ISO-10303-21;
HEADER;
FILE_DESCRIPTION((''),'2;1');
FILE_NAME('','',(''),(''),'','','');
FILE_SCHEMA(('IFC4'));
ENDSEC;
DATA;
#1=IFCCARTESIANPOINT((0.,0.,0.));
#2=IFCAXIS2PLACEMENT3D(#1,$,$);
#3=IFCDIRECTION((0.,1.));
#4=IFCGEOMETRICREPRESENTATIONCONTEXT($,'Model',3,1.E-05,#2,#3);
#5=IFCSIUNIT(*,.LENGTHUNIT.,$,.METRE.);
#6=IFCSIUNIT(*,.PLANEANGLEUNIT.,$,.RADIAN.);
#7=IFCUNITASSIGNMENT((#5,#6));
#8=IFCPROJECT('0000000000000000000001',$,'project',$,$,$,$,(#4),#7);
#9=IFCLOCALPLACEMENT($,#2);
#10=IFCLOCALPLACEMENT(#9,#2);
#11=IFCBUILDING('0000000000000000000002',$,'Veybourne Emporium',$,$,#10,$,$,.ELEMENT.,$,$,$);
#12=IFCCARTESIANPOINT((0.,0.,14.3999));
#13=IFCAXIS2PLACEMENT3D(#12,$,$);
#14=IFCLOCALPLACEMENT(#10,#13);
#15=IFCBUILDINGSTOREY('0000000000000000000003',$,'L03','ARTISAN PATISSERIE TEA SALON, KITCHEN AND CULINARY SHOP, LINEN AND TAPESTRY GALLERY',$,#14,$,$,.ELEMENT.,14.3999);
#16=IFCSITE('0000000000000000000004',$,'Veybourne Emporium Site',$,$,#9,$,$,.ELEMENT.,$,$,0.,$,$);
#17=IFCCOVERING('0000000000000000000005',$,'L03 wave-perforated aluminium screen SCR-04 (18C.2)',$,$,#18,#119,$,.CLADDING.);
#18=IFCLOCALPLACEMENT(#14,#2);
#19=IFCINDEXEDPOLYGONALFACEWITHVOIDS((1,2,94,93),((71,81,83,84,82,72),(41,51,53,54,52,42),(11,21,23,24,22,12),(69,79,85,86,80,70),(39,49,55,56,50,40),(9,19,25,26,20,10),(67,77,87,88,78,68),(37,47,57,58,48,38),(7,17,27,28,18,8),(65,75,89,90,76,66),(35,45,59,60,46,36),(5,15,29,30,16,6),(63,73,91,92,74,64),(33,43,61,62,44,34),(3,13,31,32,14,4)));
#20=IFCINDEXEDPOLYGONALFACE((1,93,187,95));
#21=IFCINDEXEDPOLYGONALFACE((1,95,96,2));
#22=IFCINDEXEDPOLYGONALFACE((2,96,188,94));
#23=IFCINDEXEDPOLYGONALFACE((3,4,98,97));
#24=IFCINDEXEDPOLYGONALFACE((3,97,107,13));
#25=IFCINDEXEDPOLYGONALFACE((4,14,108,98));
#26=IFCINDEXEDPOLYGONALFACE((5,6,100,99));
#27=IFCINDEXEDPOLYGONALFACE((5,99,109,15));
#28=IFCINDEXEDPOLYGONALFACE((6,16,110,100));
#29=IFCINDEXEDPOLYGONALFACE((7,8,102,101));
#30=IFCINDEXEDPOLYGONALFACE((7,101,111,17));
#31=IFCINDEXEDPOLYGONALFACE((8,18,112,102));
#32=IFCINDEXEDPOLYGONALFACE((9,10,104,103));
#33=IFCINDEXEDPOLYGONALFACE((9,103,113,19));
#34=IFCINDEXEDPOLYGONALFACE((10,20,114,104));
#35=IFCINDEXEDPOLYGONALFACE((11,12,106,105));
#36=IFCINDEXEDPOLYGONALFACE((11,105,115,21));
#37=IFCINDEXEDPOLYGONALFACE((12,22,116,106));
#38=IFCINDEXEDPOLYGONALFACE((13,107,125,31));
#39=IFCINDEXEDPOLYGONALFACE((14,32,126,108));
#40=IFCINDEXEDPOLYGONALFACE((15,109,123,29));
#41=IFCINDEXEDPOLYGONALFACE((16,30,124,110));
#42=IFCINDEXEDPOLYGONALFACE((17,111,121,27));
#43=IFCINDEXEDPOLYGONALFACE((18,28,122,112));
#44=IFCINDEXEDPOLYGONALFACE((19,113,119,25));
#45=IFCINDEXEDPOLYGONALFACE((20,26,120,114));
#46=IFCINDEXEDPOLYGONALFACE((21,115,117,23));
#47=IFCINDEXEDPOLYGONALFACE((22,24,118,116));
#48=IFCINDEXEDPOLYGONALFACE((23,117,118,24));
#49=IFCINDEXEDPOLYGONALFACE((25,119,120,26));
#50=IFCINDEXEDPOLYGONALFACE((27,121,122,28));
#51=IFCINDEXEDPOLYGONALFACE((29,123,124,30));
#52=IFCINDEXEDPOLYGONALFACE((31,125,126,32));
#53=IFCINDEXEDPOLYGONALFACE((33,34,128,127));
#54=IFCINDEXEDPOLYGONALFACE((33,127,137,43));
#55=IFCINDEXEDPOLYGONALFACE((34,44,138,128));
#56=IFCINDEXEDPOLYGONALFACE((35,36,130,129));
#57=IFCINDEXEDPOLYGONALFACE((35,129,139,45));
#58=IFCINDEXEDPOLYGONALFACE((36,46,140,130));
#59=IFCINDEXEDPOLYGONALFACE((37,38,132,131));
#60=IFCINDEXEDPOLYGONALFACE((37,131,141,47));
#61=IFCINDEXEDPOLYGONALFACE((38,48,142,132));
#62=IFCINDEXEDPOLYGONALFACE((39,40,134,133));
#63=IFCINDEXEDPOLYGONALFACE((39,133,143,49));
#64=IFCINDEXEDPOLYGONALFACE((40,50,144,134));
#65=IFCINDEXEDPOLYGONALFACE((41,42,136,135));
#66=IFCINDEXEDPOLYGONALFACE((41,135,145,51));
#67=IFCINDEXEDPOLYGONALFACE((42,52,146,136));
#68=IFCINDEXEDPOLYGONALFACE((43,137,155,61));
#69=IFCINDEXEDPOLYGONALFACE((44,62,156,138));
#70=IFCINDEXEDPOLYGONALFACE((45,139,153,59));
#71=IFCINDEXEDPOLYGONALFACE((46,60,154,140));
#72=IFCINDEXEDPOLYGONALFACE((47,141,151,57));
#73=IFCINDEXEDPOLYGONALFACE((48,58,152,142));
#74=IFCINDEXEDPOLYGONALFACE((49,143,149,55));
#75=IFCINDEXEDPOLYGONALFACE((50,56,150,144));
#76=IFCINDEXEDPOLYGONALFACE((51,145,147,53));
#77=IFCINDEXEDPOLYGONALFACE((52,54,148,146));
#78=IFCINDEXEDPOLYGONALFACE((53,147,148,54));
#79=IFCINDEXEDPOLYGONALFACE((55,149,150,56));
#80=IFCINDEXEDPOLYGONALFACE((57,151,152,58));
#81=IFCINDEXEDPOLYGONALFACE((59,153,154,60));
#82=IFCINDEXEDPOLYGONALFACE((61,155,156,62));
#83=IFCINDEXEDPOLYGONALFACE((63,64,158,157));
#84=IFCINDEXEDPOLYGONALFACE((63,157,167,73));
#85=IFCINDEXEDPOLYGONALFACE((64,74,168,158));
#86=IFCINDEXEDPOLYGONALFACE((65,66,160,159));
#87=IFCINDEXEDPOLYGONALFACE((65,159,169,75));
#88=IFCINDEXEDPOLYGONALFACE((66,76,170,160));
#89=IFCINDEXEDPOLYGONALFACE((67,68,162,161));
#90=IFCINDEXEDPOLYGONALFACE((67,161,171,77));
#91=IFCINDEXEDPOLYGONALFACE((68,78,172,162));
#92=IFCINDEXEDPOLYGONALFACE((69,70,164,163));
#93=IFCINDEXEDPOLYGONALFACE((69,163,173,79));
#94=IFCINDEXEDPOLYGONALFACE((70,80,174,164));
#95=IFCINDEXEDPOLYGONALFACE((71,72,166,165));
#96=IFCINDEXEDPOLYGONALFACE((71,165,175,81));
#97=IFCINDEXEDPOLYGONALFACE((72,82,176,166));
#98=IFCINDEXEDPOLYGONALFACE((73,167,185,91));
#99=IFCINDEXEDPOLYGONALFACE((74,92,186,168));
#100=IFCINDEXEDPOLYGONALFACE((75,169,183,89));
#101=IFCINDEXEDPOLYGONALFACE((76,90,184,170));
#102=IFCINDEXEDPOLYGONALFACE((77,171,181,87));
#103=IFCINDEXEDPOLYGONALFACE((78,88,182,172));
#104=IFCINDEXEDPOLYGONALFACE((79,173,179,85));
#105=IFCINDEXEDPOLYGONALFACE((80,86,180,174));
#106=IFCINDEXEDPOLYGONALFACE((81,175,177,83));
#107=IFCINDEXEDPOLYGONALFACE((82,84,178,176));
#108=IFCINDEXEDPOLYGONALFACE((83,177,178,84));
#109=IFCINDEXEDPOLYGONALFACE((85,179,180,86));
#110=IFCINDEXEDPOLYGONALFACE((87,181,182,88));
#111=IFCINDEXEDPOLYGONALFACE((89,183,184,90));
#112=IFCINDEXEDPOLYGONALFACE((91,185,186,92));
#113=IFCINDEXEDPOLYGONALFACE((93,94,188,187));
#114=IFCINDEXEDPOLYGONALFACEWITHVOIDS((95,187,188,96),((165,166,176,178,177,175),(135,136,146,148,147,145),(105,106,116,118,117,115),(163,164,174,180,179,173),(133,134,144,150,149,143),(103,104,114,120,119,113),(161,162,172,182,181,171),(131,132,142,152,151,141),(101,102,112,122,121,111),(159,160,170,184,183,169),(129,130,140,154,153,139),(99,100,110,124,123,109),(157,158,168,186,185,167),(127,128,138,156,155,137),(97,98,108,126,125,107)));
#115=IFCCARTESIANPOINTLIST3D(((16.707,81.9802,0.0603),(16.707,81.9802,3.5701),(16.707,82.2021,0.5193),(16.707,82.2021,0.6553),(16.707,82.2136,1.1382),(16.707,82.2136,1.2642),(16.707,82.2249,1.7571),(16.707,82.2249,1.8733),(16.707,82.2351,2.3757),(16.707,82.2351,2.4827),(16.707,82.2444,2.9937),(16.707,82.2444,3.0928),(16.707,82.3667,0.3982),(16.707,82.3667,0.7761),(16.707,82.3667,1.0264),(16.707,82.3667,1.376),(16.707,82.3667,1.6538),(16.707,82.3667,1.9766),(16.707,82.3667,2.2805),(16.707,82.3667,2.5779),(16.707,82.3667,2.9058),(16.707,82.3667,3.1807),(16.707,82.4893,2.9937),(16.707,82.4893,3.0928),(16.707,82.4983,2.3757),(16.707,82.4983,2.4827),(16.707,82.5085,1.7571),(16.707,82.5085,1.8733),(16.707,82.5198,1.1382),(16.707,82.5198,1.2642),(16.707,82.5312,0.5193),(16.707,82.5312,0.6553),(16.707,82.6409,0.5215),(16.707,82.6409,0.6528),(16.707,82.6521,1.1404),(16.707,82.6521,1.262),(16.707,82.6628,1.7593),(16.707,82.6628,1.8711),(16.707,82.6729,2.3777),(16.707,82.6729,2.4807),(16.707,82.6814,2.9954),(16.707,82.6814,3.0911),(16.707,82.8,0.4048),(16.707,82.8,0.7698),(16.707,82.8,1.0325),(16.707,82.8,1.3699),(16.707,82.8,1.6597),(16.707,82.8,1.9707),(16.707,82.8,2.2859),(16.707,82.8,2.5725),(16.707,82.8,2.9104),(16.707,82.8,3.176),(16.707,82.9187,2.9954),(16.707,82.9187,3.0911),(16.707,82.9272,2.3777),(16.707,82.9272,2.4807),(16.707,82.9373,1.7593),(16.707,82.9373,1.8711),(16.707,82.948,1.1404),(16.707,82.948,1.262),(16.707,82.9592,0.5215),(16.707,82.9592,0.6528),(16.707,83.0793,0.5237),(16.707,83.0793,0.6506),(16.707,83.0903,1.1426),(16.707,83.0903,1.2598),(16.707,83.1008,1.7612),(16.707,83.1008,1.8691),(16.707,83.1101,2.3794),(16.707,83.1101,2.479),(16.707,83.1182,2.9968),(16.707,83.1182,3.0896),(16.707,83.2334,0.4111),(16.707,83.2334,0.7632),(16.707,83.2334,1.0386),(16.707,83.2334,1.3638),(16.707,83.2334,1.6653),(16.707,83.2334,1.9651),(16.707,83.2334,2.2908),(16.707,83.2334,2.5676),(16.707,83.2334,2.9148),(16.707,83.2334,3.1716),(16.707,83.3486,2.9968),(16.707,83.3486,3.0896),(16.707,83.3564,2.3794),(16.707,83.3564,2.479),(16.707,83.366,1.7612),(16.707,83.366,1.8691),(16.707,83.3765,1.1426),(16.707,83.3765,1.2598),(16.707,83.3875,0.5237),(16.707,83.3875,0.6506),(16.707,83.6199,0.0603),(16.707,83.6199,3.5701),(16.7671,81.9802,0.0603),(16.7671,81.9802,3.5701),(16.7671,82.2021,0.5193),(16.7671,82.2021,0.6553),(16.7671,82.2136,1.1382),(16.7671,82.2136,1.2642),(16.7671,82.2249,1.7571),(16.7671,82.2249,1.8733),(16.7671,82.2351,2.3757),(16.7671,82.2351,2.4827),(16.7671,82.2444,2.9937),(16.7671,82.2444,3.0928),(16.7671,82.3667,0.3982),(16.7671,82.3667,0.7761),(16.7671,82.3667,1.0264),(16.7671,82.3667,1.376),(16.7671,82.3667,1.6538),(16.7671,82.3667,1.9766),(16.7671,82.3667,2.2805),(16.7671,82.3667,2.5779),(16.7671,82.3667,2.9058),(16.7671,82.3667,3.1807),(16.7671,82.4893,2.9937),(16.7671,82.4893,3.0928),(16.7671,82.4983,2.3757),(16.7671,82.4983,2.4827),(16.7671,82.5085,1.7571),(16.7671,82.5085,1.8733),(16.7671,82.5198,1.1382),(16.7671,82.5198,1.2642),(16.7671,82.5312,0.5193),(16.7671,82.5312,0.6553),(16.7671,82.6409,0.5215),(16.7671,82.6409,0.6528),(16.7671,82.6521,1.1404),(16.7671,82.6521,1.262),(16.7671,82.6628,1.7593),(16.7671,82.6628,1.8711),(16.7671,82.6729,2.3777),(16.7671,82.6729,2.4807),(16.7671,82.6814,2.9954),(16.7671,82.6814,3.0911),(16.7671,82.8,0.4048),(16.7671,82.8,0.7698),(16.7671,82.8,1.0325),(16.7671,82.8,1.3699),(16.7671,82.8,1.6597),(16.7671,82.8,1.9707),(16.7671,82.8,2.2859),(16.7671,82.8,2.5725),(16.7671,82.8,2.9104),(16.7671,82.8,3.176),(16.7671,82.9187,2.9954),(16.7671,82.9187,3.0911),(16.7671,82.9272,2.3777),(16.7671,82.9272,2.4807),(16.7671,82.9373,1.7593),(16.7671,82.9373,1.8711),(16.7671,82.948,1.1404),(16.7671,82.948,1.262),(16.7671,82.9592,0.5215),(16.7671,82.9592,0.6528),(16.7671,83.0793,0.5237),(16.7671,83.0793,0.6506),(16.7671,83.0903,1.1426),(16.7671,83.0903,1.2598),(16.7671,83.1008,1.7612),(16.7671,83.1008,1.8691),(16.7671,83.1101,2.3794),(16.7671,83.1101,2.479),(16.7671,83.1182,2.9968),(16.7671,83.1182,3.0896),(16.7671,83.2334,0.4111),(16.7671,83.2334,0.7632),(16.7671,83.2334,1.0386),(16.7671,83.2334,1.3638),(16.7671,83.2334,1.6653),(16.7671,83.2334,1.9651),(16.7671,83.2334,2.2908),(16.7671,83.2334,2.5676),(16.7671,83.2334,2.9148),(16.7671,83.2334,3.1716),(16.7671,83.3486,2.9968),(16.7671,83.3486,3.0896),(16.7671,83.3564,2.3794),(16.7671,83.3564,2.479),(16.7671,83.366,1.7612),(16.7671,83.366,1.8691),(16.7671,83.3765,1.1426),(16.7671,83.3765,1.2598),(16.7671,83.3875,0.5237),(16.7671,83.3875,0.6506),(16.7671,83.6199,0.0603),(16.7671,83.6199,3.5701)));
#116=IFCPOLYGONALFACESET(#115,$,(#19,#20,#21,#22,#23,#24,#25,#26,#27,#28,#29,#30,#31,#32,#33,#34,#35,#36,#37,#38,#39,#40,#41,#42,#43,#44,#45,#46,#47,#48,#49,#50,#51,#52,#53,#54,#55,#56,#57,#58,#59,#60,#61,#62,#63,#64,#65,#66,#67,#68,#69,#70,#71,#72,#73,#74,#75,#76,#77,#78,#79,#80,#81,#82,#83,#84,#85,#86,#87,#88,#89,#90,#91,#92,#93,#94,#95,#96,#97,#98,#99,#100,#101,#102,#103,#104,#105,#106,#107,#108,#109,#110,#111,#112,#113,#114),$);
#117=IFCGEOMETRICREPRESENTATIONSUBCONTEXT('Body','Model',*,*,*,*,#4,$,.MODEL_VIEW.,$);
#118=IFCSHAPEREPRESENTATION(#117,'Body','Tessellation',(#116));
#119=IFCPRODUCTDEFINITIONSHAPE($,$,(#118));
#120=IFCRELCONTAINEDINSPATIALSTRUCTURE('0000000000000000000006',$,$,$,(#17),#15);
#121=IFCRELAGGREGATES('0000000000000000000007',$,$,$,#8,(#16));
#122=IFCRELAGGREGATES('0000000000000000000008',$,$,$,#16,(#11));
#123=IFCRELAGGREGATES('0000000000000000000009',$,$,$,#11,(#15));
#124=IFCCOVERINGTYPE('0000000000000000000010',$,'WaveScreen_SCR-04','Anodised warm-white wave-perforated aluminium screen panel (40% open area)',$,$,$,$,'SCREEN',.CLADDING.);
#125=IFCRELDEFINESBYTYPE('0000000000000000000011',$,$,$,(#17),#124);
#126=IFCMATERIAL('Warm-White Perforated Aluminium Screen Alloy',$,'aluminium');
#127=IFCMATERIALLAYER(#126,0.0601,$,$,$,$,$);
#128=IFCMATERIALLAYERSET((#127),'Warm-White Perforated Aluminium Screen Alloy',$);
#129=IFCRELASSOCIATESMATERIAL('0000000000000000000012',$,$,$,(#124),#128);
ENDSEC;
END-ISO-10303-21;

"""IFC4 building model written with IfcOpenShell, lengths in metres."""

from ifc_helpers import new_model, si_unit, direction, frame, origin, place, context, subcontext, project, spatial, polyline, outline, extrude, material, layer, layer_set, type_object, element, save


model = new_model("IFC4")

# Units and contexts
model_context = context("Model", 3, precision=1e-05, world=origin(), true_north=direction((0.0, 1.0)))
body_context = subcontext(model_context, "Body", "Model", "MODEL_VIEW")
ifc_project = project(units=[si_unit("LENGTHUNIT", "METRE"), si_unit("PLANEANGLEUNIT", "RADIAN")], contexts=[model_context])

# Site, building, storey
site_placement = place(None, origin())
site = spatial("IfcSite", under=ifc_project, at=site_placement, Name="Veybourne Emporium Site", CompositionType="ELEMENT", RefElevation=0.0)
building_placement = place(site_placement, origin())
building = spatial("IfcBuilding", under=site, at=building_placement, Name="Veybourne Emporium", CompositionType="ELEMENT")
storey_placement = place(building_placement, frame((0.0, 0.0, 14.3999)))
storey = spatial("IfcBuildingStorey", under=building, at=storey_placement, Name="L03", Description="ARTISAN PATISSERIE TEA SALON, KITCHEN AND CULINARY SHOP, LINEN AND TAPESTRY GALLERY", CompositionType="ELEMENT", Elevation=14.3999)

# Covering
ifc_material_1 = material(Name="Warm-White Perforated Aluminium Screen Alloy", Category="aluminium")
ifc_layer_1 = layer(ifc_material_1, 0.0601)
ifc_layer_set_1 = layer_set([ifc_layer_1], Name="Warm-White Perforated Aluminium Screen Alloy")
covering_type_1 = type_object("IfcCoveringType", Name="WaveScreen_SCR-04", Description="Anodised warm-white wave-perforated aluminium screen panel (40% open area)", ElementType="SCREEN", PredefinedType="CLADDING", material=ifc_layer_set_1)
covering_1_placement = place(storey_placement, frame((16.707, 82.8, 1.8152), z_axis=(1.0, 0.0, 0.0), x_axis=(0.0, 1.0, 0.0)))
element("IfcCovering", 1, at=covering_1_placement, inside=storey, type_object=covering_type_1, Name="L03 wave-perforated aluminium screen SCR-04 (18C.2)", PredefinedType="CLADDING", context=body_context, shape_type="SweptSolid", body=[
    extrude(outline(polyline([(-0.8198, -1.7549), (0.8198, -1.7549), (0.8198, 1.7549), (-0.8198, 1.7549), (-0.8198, -1.7549)]), holes=[polyline([(-0.4333, -1.0391), (-0.2688, -1.1599), (-0.2688, -1.2959), (-0.4333, -1.417), (-0.5979, -1.2959), (-0.5979, -1.1599), (-0.4333, -1.0391)]), polyline([(-0.4333, -0.4392), (-0.2803, -0.551), (-0.2803, -0.677), (-0.4333, -0.7888), (-0.5864, -0.677), (-0.5864, -0.551), (-0.4333, -0.4392)]), polyline([(-0.4333, 0.1614), (-0.2915, 0.0581), (-0.2915, -0.0581), (-0.4333, -0.1614), (-0.5752, -0.0581), (-0.5752, 0.0581), (-0.4333, 0.1614)]), polyline([(-0.4333, 0.7627), (-0.3018, 0.6675), (-0.3018, 0.5605), (-0.4333, 0.4653), (-0.5649, 0.5605), (-0.5649, 0.6675), (-0.4333, 0.7627)]), polyline([(-0.4333, 1.3655), (-0.3108, 1.2776), (-0.3108, 1.1785), (-0.4333, 1.0906), (-0.5557, 1.1785), (-0.5557, 1.2776), (-0.4333, 1.3655)]), polyline([(0.0, -1.0454), (0.1592, -1.1624), (0.1592, -1.2937), (0.0, -1.4104), (-0.1592, -1.2937), (-0.1592, -1.1624), (0.0, -1.0454)]), polyline([(0.0, -0.4453), (0.1479, -0.5532), (0.1479, -0.6748), (0.0, -0.7827), (-0.1479, -0.6748), (-0.1479, -0.5532), (0.0, -0.4453)]), polyline([(0.0, 0.1555), (0.1372, 0.0559), (0.1372, -0.0559), (0.0, -0.1555), (-0.1372, -0.0559), (-0.1372, 0.0559), (0.0, 0.1555)]), polyline([(0.0, 0.7573), (0.1272, 0.6655), (0.1272, 0.5625), (0.0, 0.4707), (-0.1272, 0.5625), (-0.1272, 0.6655), (0.0, 0.7573)]), polyline([(0.0, 1.3608), (0.1187, 1.2759), (0.1187, 1.1802), (0.0, 1.0952), (-0.1187, 1.1802), (-0.1187, 1.2759), (0.0, 1.3608)]), polyline([(0.4333, -1.052), (0.5874, -1.1646), (0.5874, -1.2915), (0.4333, -1.4041), (0.2793, -1.2915), (0.2793, -1.1646), (0.4333, -1.052)]), polyline([(0.4333, -0.4514), (0.5764, -0.5554), (0.5764, -0.6726), (0.4333, -0.7766), (0.2903, -0.6726), (0.2903, -0.5554), (0.4333, -0.4514)]), polyline([(0.4333, 0.1499), (0.5659, 0.054), (0.5659, -0.054), (0.4333, -0.1499), (0.3008, -0.054), (0.3008, 0.054), (0.4333, 0.1499)]), polyline([(0.4333, 0.7524), (0.5564, 0.6638), (0.5564, 0.5642), (0.4333, 0.4756), (0.3101, 0.5642), (0.3101, 0.6638), (0.4333, 0.7524)]), polyline([(0.4333, 1.3564), (0.5486, 1.2744), (0.5486, 1.1816), (0.4333, 1.0996), (0.3181, 1.1816), (0.3181, 1.2744), (0.4333, 1.3564)])]), origin(), (0.0, 0.0, 1.0), 0.0601),
])

save(model, "model.ifc")
